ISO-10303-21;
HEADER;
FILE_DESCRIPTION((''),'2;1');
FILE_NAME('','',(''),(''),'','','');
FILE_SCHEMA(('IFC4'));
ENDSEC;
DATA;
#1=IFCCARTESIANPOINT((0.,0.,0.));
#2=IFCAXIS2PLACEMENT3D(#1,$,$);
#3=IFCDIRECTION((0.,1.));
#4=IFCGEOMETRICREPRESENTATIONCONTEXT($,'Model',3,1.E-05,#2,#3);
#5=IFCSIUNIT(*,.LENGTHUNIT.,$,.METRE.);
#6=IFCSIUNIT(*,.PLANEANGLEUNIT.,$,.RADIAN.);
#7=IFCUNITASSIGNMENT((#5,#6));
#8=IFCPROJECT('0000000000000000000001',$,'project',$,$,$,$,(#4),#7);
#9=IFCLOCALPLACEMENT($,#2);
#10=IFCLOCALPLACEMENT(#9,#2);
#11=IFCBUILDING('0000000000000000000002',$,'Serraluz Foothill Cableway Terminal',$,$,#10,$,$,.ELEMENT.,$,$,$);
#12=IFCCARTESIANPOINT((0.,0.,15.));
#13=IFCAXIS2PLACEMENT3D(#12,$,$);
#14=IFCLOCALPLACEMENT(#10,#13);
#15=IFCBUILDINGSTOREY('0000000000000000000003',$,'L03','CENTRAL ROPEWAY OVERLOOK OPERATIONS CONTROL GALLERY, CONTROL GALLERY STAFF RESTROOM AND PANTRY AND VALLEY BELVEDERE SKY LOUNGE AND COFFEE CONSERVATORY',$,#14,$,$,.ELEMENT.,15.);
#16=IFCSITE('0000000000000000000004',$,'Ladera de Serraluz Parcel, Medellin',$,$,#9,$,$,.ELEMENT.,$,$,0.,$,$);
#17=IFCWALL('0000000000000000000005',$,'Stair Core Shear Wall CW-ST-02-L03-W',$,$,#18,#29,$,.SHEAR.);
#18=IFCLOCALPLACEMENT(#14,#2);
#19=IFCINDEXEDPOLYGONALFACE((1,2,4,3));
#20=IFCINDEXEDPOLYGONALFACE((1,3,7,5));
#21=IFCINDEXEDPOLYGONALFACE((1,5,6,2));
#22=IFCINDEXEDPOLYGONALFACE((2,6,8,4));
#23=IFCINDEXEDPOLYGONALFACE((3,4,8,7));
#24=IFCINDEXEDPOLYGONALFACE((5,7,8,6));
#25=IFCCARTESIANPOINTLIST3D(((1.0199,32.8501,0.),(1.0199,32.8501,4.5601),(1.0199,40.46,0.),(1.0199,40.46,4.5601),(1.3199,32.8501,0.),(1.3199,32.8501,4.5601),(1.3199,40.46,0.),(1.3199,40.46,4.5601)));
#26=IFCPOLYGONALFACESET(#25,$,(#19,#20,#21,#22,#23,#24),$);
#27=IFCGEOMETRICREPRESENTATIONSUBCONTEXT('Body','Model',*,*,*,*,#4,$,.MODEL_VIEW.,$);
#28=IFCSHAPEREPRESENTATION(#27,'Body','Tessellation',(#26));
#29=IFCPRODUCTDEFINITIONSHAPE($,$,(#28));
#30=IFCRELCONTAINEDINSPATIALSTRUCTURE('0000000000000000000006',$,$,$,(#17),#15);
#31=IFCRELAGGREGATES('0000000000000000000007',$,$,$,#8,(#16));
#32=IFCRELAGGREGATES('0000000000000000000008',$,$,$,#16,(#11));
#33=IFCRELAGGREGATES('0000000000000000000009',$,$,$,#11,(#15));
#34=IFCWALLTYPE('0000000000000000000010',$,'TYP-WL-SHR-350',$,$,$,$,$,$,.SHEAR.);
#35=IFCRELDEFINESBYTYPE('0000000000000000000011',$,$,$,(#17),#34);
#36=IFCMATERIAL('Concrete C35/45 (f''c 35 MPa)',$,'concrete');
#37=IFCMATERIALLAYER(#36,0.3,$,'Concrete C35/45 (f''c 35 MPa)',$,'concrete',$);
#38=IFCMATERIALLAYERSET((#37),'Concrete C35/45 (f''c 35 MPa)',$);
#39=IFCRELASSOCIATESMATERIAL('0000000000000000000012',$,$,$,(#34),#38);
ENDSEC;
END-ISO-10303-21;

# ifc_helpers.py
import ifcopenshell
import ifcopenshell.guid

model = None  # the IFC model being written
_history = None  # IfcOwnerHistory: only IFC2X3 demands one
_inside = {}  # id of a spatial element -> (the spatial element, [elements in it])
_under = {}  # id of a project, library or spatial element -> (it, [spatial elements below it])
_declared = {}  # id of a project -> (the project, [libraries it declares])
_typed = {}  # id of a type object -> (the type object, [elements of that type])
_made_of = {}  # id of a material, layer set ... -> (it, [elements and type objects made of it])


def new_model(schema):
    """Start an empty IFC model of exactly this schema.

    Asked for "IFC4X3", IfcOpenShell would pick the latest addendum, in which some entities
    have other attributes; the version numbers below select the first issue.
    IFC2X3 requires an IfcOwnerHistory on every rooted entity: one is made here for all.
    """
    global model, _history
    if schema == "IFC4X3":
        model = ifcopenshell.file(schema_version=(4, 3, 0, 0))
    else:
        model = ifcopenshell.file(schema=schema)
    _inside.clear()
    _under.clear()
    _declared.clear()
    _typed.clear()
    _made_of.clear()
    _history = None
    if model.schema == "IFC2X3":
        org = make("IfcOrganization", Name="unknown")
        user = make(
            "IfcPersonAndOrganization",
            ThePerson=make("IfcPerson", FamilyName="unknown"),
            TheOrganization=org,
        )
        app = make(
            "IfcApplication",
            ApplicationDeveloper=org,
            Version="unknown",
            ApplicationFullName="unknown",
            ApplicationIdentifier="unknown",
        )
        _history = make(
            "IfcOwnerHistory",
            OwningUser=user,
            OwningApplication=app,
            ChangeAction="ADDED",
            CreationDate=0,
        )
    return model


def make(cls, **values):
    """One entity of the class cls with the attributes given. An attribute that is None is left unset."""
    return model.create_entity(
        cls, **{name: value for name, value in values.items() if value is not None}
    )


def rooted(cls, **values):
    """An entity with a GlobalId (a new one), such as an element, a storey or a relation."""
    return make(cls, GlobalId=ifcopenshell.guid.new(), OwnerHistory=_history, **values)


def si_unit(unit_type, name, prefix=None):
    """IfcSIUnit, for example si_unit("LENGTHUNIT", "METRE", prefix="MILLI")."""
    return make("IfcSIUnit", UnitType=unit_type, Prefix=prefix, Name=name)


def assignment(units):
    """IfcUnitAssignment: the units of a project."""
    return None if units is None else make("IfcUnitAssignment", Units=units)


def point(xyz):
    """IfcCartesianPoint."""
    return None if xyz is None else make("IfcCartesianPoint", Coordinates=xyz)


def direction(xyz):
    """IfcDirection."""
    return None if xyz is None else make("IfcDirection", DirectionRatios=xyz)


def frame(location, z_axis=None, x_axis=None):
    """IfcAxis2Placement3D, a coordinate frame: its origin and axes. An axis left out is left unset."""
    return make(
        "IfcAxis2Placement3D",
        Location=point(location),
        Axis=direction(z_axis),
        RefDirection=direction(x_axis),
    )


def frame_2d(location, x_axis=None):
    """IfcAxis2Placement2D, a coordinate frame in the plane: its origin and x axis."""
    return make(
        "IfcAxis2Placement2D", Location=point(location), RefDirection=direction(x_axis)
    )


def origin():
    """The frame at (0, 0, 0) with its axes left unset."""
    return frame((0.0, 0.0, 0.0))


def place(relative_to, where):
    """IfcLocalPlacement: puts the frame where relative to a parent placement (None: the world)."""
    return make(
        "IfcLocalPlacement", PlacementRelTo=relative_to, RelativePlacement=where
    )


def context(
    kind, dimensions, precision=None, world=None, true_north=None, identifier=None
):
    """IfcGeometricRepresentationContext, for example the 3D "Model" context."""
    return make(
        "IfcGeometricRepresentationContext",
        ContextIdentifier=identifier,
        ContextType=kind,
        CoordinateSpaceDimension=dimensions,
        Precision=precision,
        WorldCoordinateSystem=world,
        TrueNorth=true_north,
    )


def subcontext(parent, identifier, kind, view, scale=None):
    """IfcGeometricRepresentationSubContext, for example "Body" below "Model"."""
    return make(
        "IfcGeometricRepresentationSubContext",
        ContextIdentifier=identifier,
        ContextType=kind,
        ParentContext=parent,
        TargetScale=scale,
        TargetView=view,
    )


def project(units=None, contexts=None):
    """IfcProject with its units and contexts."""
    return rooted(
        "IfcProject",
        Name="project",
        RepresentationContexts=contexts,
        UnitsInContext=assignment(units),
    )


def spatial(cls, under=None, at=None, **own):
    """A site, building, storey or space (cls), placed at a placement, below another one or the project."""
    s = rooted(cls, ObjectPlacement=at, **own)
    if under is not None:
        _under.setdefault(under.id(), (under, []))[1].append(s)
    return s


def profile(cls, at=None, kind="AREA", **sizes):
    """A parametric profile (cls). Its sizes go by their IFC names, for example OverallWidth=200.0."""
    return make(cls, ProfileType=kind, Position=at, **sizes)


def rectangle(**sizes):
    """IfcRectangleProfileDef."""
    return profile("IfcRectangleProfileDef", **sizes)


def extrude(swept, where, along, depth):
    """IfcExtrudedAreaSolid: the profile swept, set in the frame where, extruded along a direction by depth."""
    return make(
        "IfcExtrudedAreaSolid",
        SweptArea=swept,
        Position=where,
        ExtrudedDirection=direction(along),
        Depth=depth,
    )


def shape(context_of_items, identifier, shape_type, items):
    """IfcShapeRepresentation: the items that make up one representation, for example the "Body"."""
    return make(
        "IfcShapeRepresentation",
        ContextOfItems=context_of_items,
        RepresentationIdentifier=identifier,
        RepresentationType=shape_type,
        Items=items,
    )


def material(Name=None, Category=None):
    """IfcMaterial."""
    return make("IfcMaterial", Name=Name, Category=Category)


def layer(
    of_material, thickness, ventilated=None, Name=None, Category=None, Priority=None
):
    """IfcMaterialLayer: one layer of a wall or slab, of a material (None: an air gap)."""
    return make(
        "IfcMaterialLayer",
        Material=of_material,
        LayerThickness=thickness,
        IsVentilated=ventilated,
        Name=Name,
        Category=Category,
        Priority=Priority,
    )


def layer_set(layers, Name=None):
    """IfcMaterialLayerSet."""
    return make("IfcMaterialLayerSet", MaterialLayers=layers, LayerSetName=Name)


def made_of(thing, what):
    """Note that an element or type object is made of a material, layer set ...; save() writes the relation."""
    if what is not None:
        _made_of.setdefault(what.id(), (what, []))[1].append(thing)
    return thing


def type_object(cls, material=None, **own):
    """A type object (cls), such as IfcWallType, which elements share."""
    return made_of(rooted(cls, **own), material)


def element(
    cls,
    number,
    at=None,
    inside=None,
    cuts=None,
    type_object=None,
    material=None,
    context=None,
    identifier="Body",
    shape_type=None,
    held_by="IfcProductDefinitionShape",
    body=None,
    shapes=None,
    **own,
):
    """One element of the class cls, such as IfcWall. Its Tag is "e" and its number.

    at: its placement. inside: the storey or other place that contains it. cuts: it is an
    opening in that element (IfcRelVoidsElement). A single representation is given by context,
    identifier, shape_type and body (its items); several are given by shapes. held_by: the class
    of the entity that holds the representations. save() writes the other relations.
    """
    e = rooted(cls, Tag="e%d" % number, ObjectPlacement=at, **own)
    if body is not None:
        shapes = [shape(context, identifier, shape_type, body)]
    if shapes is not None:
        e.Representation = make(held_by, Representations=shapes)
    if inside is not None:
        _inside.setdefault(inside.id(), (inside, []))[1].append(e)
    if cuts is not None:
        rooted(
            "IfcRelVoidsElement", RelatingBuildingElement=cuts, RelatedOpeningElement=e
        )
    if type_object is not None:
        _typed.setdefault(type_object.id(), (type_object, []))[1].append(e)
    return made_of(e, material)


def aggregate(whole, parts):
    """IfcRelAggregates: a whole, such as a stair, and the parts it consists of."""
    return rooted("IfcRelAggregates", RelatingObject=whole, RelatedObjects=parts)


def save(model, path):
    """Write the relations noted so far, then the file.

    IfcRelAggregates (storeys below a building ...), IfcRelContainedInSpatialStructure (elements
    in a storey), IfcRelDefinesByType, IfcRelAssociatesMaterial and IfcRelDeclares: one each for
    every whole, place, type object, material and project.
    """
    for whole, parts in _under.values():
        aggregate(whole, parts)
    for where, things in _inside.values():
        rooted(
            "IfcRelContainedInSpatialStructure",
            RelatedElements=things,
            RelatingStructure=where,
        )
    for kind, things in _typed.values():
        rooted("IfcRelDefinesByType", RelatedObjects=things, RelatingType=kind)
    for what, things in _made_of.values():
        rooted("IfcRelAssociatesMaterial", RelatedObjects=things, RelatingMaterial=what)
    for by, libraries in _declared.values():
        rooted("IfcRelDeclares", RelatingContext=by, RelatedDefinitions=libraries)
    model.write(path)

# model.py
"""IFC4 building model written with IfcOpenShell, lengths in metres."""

from ifc_helpers import new_model, si_unit, direction, frame, frame_2d, origin, place, context, subcontext, project, spatial, rectangle, extrude, material, layer, layer_set, type_object, element, save


model = new_model("IFC4")

# Units and contexts
model_context = context("Model", 3, precision=1e-05, world=origin(), true_north=direction((0.0, 1.0)))
body_context = subcontext(model_context, "Body", "Model", "MODEL_VIEW")
ifc_project = project(units=[si_unit("LENGTHUNIT", "METRE"), si_unit("PLANEANGLEUNIT", "RADIAN")], contexts=[model_context])

# Site, building, storey
site_placement = place(None, origin())
site = spatial("IfcSite", under=ifc_project, at=site_placement, Name="Ladera de Serraluz Parcel, Medellin", CompositionType="ELEMENT", RefElevation=0.0)
building_placement = place(site_placement, origin())
building = spatial("IfcBuilding", under=site, at=building_placement, Name="Serraluz Foothill Cableway Terminal", CompositionType="ELEMENT")
storey_placement = place(building_placement, frame((0.0, 0.0, 15.0)))
storey = spatial("IfcBuildingStorey", under=building, at=storey_placement, Name="L03", Description="CENTRAL ROPEWAY OVERLOOK OPERATIONS CONTROL GALLERY, CONTROL GALLERY STAFF RESTROOM AND PANTRY AND VALLEY BELVEDERE SKY LOUNGE AND COFFEE CONSERVATORY", CompositionType="ELEMENT", Elevation=15.0)

# Shared definitions
ifc_material_1 = material(Name="Concrete C35/45 (f'c 35 MPa)", Category="concrete")
ifc_layer_1 = layer(ifc_material_1, 0.3, Name="Concrete C35/45 (f'c 35 MPa)", Category="concrete")
ifc_layer_set_1 = layer_set([ifc_layer_1], Name="Concrete C35/45 (f'c 35 MPa)")
wall_type_1 = type_object("IfcWallType", Name="TYP-WL-SHR-350", PredefinedType="SHEAR", material=ifc_layer_set_1)

# Wall
wall_1_placement = place(storey_placement, frame((1.1699, 32.8501, 0.0), z_axis=(0.0, 0.0, 1.0), x_axis=(0.0, 1.0, 0.0)))
element("IfcWall", 1, at=wall_1_placement, inside=storey, type_object=wall_type_1, Name="Stair Core Shear Wall CW-ST-02-L03-W", PredefinedType="SHEAR", context=body_context, shape_type="SweptSolid", body=[
    extrude(rectangle(XDim=7.6099, YDim=0.3, at=frame_2d((3.8049, 0.0))), origin(), (0.0, 0.0, 1.0), 4.5601),
])

save(model, "model.ifc")
